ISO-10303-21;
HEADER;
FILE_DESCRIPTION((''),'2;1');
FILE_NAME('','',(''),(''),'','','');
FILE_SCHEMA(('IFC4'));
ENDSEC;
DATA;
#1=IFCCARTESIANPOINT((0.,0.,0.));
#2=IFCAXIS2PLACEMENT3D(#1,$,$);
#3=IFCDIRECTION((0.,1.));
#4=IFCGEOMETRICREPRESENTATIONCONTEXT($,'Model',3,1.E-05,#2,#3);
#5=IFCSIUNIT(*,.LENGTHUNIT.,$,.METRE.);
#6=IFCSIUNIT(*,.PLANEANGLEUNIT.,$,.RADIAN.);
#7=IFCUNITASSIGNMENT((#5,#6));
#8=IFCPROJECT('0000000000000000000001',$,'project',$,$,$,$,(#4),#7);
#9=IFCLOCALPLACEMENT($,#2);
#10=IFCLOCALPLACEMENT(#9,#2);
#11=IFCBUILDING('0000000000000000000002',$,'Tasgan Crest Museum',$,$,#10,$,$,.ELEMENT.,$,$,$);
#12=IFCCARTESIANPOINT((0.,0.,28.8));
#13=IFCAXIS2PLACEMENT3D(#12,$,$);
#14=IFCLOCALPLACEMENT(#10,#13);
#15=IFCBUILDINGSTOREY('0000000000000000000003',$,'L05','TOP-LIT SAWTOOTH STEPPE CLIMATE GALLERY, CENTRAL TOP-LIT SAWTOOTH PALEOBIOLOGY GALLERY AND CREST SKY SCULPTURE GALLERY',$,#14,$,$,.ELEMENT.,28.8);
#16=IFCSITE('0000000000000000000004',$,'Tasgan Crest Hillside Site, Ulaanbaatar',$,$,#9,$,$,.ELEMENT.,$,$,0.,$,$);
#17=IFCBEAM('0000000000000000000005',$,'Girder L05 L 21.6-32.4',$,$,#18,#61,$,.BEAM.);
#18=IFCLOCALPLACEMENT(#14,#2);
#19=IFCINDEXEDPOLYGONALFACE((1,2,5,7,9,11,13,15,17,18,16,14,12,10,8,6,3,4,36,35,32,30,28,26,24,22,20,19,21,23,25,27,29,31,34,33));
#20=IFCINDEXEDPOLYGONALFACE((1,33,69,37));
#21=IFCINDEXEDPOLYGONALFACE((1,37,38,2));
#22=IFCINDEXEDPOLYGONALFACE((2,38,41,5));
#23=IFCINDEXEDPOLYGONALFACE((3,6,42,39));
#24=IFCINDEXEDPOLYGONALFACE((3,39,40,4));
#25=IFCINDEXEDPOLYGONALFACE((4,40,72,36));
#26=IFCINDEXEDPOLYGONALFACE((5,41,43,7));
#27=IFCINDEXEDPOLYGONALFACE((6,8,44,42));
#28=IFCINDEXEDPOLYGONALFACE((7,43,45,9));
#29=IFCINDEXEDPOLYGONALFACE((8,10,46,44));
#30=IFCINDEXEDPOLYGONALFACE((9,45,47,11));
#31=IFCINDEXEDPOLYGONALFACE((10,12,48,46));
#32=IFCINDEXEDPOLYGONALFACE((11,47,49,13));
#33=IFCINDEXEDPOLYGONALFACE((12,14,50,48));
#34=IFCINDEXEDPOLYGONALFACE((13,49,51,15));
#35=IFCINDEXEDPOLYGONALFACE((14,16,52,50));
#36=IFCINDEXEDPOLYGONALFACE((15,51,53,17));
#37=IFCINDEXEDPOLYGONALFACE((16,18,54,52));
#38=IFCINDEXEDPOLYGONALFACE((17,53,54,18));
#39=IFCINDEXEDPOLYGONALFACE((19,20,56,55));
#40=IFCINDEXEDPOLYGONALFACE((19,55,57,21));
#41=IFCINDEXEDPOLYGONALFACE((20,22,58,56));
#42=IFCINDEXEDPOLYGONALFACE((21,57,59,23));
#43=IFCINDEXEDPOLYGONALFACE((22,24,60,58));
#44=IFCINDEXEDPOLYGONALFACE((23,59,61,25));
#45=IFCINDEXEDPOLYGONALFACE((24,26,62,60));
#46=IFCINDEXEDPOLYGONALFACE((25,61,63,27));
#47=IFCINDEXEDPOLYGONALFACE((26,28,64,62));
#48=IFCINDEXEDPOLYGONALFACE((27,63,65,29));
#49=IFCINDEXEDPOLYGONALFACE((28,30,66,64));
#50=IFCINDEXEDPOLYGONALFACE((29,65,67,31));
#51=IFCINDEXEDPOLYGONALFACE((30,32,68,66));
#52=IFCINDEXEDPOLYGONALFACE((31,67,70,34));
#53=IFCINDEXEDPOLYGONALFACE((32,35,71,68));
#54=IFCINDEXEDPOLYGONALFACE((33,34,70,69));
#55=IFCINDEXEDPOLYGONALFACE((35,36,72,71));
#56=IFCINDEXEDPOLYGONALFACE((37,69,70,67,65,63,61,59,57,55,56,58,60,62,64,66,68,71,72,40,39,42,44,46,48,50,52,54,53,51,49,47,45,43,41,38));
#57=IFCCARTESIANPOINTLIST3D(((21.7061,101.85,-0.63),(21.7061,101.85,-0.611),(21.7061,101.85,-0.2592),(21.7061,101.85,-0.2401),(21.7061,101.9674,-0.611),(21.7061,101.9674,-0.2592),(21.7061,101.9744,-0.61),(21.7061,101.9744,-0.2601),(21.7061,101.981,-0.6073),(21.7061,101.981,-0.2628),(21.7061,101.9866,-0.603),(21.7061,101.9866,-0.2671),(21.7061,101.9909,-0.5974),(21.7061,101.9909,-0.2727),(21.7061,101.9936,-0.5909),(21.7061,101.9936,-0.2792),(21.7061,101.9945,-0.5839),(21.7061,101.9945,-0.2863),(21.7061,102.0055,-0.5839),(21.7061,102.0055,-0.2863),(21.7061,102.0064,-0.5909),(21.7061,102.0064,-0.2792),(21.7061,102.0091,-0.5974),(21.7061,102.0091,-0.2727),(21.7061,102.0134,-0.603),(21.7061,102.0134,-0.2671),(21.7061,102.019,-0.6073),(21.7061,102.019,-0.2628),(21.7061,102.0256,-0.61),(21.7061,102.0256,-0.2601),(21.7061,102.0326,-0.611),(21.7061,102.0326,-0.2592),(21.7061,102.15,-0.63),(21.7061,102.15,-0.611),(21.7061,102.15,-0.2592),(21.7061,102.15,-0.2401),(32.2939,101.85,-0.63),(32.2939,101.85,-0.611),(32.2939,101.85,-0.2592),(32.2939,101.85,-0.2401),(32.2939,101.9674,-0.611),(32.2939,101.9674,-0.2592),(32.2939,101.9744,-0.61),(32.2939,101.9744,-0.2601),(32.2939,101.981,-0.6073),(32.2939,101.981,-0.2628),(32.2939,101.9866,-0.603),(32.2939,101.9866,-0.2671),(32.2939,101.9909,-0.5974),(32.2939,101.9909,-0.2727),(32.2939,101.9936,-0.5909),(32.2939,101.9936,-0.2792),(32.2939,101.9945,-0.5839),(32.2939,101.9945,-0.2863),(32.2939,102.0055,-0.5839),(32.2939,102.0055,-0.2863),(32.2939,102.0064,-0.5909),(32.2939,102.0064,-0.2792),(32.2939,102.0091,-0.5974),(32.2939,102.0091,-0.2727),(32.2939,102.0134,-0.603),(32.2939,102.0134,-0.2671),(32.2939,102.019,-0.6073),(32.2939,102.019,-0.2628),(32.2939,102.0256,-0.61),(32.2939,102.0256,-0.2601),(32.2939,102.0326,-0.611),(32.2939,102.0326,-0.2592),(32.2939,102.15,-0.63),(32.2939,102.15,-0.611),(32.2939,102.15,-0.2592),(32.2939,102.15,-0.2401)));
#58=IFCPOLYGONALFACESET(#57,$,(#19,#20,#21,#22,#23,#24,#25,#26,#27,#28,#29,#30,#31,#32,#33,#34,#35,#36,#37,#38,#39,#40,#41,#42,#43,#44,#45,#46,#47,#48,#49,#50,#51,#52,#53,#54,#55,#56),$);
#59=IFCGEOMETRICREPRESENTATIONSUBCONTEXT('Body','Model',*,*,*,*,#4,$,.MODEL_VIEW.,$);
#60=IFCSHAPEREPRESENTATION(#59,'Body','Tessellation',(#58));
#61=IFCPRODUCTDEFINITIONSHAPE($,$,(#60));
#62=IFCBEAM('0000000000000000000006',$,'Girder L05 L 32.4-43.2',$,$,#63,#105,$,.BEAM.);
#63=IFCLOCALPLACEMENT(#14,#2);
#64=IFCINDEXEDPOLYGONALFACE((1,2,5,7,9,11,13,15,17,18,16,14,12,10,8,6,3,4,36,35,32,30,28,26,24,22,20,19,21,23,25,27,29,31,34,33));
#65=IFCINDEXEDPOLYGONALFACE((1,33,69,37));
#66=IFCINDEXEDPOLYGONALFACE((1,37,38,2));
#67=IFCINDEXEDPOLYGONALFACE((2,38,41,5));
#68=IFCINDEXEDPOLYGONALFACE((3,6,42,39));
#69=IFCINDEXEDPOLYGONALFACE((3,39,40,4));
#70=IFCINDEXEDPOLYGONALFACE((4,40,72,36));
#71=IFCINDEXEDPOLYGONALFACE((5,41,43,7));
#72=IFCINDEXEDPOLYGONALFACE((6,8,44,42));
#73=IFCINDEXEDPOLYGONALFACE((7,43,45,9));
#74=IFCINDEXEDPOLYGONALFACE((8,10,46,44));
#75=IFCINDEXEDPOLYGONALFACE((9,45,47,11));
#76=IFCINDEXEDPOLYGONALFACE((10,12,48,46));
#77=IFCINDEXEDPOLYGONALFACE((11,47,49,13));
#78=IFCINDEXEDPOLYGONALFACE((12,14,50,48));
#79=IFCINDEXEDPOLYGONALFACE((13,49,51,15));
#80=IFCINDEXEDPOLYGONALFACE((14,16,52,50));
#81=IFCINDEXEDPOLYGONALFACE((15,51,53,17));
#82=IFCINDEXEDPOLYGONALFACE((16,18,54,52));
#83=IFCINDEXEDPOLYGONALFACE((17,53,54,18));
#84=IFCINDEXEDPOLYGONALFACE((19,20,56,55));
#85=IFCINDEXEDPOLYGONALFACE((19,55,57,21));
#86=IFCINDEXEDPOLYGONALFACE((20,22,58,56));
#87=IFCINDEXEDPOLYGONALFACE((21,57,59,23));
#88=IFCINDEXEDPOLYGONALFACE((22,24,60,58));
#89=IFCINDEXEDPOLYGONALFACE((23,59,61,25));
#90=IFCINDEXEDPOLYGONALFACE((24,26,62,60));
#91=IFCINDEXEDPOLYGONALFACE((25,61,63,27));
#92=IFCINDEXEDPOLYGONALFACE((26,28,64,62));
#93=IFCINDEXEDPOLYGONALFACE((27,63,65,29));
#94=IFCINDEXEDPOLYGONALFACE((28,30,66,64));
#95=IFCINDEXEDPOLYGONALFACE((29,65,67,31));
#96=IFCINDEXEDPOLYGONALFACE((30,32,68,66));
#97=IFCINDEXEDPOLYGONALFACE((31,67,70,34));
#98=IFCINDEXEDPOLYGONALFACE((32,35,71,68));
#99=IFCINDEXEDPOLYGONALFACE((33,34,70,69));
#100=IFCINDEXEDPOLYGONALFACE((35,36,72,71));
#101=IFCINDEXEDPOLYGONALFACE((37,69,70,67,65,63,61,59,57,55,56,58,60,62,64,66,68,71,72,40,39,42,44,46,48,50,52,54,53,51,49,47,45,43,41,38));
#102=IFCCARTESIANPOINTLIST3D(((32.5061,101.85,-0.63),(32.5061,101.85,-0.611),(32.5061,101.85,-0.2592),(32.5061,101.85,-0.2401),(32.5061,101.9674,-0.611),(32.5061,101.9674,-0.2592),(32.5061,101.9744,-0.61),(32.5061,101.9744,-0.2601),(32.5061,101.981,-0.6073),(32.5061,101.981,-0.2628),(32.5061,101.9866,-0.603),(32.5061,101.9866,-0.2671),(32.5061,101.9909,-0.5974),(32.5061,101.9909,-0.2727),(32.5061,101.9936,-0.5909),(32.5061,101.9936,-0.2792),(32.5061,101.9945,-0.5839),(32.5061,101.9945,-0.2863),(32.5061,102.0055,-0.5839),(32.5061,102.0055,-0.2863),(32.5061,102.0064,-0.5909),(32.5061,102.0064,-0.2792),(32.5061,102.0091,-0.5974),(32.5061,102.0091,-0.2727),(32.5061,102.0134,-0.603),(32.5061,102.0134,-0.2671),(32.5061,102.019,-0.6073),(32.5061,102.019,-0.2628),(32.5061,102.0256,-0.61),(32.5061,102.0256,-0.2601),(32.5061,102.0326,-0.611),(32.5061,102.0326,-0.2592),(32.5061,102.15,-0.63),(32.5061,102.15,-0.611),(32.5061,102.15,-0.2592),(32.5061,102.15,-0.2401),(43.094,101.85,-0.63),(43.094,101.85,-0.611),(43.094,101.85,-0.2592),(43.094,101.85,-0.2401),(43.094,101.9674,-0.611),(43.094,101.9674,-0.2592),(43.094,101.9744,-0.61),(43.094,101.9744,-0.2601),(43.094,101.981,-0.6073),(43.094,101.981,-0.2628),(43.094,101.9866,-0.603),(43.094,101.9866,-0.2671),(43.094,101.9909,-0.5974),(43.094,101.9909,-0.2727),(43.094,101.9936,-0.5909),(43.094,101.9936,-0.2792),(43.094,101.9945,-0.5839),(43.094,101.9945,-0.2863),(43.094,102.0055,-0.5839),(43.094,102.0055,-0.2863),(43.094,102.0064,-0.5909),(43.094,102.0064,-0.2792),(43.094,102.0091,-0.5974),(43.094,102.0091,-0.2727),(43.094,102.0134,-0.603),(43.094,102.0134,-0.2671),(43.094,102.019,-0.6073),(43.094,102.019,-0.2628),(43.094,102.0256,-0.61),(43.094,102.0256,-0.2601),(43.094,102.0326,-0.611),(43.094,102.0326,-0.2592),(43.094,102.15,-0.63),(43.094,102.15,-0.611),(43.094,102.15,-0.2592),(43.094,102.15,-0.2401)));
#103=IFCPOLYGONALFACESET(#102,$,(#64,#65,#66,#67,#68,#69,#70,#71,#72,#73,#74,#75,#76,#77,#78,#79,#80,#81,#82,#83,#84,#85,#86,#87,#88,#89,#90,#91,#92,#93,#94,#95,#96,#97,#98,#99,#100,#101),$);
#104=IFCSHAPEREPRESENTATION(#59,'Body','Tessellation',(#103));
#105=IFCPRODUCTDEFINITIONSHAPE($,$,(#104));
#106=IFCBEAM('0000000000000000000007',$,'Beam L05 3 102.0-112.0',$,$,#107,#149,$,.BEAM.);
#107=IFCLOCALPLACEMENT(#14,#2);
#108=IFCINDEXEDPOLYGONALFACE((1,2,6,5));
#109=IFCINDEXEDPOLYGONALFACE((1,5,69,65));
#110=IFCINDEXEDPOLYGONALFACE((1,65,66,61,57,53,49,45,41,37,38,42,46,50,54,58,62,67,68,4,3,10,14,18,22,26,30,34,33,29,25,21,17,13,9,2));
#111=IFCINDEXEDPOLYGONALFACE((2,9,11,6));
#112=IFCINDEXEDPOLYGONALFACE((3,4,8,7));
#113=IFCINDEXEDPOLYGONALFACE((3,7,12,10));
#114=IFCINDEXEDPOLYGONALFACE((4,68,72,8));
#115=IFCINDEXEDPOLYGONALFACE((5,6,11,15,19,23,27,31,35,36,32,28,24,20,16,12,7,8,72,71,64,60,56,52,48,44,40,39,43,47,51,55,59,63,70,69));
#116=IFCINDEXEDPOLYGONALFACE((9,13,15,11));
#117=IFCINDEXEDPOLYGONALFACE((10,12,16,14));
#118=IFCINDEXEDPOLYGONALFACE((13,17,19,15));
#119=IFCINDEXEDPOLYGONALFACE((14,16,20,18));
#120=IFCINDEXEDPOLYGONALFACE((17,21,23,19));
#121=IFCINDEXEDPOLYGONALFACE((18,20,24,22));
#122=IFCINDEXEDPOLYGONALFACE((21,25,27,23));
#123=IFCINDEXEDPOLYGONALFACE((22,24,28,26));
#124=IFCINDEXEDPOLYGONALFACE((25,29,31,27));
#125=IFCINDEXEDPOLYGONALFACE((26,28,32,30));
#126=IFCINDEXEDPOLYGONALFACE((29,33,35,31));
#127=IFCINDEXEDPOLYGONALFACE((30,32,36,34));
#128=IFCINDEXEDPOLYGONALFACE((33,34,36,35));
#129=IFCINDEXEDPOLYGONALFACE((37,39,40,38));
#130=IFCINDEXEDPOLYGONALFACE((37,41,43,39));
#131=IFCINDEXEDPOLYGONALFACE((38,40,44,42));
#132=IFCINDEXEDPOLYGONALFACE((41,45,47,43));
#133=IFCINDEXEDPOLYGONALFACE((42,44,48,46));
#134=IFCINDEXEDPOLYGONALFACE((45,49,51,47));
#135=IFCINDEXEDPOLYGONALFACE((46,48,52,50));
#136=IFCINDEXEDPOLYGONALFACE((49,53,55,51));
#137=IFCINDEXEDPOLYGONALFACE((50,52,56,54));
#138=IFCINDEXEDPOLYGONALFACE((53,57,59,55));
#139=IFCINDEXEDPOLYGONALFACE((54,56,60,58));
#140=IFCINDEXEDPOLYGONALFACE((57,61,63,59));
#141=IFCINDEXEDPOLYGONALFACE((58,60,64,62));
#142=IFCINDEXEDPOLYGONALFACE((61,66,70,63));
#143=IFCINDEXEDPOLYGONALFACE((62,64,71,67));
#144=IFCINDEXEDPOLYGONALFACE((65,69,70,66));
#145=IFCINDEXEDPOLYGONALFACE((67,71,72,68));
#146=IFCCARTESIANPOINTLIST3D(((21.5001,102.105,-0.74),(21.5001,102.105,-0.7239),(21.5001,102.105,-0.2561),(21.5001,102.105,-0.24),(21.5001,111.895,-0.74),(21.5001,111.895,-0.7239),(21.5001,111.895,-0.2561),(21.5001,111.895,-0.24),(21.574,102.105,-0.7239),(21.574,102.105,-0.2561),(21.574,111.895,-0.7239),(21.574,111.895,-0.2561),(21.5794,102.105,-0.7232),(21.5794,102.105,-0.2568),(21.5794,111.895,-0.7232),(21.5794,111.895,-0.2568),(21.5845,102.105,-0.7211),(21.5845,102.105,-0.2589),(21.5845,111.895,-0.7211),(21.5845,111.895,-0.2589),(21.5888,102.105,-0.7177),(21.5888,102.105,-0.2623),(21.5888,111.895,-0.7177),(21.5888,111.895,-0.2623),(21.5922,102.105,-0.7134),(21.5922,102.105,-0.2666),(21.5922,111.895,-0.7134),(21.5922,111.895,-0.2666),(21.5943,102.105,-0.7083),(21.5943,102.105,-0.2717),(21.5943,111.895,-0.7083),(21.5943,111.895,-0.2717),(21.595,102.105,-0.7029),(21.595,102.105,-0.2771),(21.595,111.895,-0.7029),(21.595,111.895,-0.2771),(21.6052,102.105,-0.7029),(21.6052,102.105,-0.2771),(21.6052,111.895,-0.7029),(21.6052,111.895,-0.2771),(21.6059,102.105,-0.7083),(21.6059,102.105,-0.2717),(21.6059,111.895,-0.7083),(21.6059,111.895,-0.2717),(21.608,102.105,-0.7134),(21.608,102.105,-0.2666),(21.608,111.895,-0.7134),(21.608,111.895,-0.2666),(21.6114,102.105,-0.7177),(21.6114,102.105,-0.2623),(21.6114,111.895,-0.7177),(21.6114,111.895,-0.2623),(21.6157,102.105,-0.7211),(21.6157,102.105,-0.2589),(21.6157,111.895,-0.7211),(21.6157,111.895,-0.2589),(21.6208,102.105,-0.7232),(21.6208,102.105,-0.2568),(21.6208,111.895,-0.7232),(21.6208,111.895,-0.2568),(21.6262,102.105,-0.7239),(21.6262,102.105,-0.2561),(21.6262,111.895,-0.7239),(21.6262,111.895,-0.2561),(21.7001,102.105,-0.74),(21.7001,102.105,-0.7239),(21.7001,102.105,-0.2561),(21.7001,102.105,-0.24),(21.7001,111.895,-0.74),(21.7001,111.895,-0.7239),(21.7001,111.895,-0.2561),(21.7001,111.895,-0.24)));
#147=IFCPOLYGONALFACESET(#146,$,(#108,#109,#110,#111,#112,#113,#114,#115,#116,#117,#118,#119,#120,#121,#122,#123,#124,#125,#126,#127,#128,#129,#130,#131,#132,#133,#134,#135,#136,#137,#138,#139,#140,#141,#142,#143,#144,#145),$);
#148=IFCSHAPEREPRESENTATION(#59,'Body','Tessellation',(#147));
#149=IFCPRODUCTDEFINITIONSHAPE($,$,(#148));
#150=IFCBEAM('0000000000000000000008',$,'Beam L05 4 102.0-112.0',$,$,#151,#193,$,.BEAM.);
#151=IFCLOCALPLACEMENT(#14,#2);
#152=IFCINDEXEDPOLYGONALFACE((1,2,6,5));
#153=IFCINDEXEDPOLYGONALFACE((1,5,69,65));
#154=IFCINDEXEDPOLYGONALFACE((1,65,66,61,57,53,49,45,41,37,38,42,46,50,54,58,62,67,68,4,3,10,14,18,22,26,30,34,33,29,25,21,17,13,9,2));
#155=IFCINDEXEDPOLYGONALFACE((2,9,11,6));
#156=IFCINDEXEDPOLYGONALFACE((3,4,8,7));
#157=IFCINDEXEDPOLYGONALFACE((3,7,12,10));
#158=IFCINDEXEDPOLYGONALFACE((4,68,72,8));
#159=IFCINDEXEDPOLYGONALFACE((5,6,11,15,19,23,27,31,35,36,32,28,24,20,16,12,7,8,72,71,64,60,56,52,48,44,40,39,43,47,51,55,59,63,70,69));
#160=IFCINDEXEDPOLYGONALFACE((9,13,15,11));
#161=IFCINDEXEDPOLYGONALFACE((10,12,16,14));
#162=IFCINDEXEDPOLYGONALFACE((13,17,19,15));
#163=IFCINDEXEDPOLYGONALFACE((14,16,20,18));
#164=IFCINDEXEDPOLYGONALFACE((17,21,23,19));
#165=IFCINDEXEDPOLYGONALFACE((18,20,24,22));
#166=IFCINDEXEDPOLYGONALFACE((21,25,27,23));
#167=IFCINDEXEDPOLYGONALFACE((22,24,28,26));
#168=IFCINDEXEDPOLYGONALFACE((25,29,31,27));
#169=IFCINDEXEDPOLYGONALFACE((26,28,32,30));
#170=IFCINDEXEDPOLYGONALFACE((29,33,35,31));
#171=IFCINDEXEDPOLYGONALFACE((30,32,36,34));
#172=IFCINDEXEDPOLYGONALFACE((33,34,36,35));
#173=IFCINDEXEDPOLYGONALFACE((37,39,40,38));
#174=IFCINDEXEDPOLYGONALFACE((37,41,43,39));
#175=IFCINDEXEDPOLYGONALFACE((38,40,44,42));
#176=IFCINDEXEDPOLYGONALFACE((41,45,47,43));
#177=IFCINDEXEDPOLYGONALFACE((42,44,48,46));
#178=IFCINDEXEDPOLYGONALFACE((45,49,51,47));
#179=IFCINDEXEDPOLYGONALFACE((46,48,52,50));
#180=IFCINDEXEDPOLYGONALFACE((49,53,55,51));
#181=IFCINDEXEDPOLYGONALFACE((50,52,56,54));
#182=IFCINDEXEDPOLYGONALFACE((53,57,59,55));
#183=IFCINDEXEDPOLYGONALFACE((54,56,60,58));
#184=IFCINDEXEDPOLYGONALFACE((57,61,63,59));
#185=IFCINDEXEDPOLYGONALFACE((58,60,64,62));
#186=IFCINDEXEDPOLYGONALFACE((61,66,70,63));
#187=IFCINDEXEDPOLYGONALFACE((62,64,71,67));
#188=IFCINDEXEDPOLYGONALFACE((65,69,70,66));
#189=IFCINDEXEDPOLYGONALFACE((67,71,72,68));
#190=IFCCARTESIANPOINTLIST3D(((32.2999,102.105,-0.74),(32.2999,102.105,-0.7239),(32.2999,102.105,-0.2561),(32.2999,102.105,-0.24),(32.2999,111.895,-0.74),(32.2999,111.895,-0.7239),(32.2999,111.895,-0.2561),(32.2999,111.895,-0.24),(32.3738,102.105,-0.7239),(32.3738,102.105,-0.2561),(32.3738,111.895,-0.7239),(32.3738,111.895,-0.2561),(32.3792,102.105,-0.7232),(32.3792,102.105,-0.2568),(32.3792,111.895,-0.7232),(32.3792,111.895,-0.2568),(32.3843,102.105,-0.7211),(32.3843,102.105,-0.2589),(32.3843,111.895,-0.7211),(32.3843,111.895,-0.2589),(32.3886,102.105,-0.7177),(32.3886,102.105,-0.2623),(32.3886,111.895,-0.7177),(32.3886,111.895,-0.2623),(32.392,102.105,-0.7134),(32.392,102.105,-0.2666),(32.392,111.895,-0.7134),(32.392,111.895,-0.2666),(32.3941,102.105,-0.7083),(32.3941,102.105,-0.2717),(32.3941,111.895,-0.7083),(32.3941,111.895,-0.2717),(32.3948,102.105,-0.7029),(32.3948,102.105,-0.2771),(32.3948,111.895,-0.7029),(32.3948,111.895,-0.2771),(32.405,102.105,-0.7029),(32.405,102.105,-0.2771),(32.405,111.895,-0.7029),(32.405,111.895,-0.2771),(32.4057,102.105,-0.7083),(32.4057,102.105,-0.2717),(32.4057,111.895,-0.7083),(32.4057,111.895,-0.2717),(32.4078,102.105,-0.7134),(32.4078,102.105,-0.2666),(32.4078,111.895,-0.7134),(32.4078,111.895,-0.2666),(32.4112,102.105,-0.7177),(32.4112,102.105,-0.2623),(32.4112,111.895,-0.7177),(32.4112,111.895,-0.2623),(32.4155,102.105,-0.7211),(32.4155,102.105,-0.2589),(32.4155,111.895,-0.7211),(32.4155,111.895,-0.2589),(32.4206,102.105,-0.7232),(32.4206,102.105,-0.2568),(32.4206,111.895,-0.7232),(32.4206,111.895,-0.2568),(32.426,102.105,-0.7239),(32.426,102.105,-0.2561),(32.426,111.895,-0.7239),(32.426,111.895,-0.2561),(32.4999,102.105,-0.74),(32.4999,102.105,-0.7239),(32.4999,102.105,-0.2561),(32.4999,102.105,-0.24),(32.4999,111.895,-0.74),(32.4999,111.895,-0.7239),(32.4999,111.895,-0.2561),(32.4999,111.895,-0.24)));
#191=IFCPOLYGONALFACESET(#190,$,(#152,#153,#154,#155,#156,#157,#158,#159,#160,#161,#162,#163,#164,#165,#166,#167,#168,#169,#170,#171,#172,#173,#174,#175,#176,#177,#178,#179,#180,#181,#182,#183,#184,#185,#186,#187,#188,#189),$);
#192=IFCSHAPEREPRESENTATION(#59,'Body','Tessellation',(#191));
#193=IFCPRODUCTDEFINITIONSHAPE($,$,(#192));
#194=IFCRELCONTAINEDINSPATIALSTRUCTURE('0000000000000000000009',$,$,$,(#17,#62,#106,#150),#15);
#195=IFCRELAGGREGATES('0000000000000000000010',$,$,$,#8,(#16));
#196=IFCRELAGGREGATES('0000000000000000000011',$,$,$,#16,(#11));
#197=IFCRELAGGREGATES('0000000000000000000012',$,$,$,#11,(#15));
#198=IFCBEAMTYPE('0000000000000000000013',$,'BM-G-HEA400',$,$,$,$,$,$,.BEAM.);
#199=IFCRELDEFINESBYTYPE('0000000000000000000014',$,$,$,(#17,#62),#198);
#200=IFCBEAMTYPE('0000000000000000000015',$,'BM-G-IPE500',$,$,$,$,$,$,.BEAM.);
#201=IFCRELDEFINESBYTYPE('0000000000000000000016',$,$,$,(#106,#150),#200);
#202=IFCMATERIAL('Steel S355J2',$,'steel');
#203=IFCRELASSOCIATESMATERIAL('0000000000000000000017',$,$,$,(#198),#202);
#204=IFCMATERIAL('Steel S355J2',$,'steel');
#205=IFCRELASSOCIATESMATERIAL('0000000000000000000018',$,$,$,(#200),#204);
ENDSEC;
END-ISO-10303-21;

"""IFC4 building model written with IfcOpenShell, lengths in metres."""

from ifc_helpers import new_model, si_unit, direction, frame, origin, origin_2d, place, context, subcontext, project, spatial, i_section, extrude, material, material_profile, profile_set, type_object, element, save


model = new_model("IFC4")

# Units and contexts
model_context = context("Model", 3, precision=1e-05, world=origin(), true_north=direction((0.0, 1.0)))
body_context = subcontext(model_context, "Body", "Model", "MODEL_VIEW")
ifc_project = project(units=[si_unit("LENGTHUNIT", "METRE"), si_unit("PLANEANGLEUNIT", "RADIAN")], contexts=[model_context])

# Site, building, storey
site_placement = place(None, origin())
site = spatial("IfcSite", under=ifc_project, at=site_placement, Name="Tasgan Crest Hillside Site, Ulaanbaatar", CompositionType="ELEMENT", RefElevation=0.0)
building_placement = place(site_placement, origin())
building = spatial("IfcBuilding", under=site, at=building_placement, Name="Tasgan Crest Museum", CompositionType="ELEMENT")
storey_placement = place(building_placement, frame((0.0, 0.0, 28.8)))
storey = spatial("IfcBuildingStorey", under=building, at=storey_placement, Name="L05", Description="TOP-LIT SAWTOOTH STEPPE CLIMATE GALLERY, CENTRAL TOP-LIT SAWTOOTH PALEOBIOLOGY GALLERY AND CREST SKY SCULPTURE GALLERY", CompositionType="ELEMENT", Elevation=28.8)

# Beams
ifc_material_1 = material(Name="Steel S355J2", Category="steel")
ifc_material_profile_1 = material_profile(ifc_material_1, i_section(OverallWidth=0.3, OverallDepth=0.3899, WebThickness=0.011, FlangeThickness=0.019, FilletRadius=0.0271, at=origin_2d()), Name="HEA 400")
ifc_profile_set_1 = profile_set([ifc_material_profile_1], Name="Steel S355J2")
beam_type_1 = type_object("IfcBeamType", Name="BM-G-HEA400", PredefinedType="BEAM", material=ifc_profile_set_1)
for number, where, z_axis, x_axis, name in (
    (1, (21.7061, 102.0, -0.4351), (1.0, 0.0, 0.0), (0.0, 1.0, 0.0), "Girder L05 L 21.6-32.4"),
    (2, (32.5061, 102.0, -0.4351), (1.0, 0.0, 0.0), (0.0, 1.0, 0.0), "Girder L05 L 32.4-43.2"),
):
    element("IfcBeam", number, at=place(storey_placement, frame(where, z_axis=z_axis, x_axis=x_axis)), inside=storey, type_object=beam_type_1, Name=name, PredefinedType="BEAM", context=body_context, shape_type="SweptSolid", body=[
        extrude(i_section(OverallWidth=0.3, OverallDepth=0.3899, WebThickness=0.011, FlangeThickness=0.019, FilletRadius=0.0271, at=origin_2d()), origin(), (0.0, 0.0, 1.0), 10.5879),
    ])
ifc_material_2 = material(Name="Steel S355J2", Category="steel")
ifc_material_profile_2 = material_profile(ifc_material_2, i_section(OverallWidth=0.2, OverallDepth=0.5, WebThickness=0.0103, FlangeThickness=0.0161, FilletRadius=0.021, at=origin_2d()), Name="IPE 500")
ifc_profile_set_2 = profile_set([ifc_material_profile_2], Name="Steel S355J2")
beam_type_2 = type_object("IfcBeamType", Name="BM-G-IPE500", PredefinedType="BEAM", material=ifc_profile_set_2)
for number, where, z_axis, x_axis, name in (
    (3, (21.6001, 102.105, -0.49), (0.0, 1.0, 0.0), (-1.0, 0.0, 0.0), "Beam L05 3 102.0-112.0"),
    (4, (32.3999, 102.105, -0.49), (0.0, 1.0, 0.0), (-1.0, 0.0, 0.0), "Beam L05 4 102.0-112.0"),
):
    element("IfcBeam", number, at=place(storey_placement, frame(where, z_axis=z_axis, x_axis=x_axis)), inside=storey, type_object=beam_type_2, Name=name, PredefinedType="BEAM", context=body_context, shape_type="SweptSolid", body=[
        extrude(i_section(OverallWidth=0.2, OverallDepth=0.5, WebThickness=0.0103, FlangeThickness=0.0161, FilletRadius=0.021, at=origin_2d()), origin(), (0.0, 0.0, 1.0), 9.79),
    ])

save(model, "model.ifc")
